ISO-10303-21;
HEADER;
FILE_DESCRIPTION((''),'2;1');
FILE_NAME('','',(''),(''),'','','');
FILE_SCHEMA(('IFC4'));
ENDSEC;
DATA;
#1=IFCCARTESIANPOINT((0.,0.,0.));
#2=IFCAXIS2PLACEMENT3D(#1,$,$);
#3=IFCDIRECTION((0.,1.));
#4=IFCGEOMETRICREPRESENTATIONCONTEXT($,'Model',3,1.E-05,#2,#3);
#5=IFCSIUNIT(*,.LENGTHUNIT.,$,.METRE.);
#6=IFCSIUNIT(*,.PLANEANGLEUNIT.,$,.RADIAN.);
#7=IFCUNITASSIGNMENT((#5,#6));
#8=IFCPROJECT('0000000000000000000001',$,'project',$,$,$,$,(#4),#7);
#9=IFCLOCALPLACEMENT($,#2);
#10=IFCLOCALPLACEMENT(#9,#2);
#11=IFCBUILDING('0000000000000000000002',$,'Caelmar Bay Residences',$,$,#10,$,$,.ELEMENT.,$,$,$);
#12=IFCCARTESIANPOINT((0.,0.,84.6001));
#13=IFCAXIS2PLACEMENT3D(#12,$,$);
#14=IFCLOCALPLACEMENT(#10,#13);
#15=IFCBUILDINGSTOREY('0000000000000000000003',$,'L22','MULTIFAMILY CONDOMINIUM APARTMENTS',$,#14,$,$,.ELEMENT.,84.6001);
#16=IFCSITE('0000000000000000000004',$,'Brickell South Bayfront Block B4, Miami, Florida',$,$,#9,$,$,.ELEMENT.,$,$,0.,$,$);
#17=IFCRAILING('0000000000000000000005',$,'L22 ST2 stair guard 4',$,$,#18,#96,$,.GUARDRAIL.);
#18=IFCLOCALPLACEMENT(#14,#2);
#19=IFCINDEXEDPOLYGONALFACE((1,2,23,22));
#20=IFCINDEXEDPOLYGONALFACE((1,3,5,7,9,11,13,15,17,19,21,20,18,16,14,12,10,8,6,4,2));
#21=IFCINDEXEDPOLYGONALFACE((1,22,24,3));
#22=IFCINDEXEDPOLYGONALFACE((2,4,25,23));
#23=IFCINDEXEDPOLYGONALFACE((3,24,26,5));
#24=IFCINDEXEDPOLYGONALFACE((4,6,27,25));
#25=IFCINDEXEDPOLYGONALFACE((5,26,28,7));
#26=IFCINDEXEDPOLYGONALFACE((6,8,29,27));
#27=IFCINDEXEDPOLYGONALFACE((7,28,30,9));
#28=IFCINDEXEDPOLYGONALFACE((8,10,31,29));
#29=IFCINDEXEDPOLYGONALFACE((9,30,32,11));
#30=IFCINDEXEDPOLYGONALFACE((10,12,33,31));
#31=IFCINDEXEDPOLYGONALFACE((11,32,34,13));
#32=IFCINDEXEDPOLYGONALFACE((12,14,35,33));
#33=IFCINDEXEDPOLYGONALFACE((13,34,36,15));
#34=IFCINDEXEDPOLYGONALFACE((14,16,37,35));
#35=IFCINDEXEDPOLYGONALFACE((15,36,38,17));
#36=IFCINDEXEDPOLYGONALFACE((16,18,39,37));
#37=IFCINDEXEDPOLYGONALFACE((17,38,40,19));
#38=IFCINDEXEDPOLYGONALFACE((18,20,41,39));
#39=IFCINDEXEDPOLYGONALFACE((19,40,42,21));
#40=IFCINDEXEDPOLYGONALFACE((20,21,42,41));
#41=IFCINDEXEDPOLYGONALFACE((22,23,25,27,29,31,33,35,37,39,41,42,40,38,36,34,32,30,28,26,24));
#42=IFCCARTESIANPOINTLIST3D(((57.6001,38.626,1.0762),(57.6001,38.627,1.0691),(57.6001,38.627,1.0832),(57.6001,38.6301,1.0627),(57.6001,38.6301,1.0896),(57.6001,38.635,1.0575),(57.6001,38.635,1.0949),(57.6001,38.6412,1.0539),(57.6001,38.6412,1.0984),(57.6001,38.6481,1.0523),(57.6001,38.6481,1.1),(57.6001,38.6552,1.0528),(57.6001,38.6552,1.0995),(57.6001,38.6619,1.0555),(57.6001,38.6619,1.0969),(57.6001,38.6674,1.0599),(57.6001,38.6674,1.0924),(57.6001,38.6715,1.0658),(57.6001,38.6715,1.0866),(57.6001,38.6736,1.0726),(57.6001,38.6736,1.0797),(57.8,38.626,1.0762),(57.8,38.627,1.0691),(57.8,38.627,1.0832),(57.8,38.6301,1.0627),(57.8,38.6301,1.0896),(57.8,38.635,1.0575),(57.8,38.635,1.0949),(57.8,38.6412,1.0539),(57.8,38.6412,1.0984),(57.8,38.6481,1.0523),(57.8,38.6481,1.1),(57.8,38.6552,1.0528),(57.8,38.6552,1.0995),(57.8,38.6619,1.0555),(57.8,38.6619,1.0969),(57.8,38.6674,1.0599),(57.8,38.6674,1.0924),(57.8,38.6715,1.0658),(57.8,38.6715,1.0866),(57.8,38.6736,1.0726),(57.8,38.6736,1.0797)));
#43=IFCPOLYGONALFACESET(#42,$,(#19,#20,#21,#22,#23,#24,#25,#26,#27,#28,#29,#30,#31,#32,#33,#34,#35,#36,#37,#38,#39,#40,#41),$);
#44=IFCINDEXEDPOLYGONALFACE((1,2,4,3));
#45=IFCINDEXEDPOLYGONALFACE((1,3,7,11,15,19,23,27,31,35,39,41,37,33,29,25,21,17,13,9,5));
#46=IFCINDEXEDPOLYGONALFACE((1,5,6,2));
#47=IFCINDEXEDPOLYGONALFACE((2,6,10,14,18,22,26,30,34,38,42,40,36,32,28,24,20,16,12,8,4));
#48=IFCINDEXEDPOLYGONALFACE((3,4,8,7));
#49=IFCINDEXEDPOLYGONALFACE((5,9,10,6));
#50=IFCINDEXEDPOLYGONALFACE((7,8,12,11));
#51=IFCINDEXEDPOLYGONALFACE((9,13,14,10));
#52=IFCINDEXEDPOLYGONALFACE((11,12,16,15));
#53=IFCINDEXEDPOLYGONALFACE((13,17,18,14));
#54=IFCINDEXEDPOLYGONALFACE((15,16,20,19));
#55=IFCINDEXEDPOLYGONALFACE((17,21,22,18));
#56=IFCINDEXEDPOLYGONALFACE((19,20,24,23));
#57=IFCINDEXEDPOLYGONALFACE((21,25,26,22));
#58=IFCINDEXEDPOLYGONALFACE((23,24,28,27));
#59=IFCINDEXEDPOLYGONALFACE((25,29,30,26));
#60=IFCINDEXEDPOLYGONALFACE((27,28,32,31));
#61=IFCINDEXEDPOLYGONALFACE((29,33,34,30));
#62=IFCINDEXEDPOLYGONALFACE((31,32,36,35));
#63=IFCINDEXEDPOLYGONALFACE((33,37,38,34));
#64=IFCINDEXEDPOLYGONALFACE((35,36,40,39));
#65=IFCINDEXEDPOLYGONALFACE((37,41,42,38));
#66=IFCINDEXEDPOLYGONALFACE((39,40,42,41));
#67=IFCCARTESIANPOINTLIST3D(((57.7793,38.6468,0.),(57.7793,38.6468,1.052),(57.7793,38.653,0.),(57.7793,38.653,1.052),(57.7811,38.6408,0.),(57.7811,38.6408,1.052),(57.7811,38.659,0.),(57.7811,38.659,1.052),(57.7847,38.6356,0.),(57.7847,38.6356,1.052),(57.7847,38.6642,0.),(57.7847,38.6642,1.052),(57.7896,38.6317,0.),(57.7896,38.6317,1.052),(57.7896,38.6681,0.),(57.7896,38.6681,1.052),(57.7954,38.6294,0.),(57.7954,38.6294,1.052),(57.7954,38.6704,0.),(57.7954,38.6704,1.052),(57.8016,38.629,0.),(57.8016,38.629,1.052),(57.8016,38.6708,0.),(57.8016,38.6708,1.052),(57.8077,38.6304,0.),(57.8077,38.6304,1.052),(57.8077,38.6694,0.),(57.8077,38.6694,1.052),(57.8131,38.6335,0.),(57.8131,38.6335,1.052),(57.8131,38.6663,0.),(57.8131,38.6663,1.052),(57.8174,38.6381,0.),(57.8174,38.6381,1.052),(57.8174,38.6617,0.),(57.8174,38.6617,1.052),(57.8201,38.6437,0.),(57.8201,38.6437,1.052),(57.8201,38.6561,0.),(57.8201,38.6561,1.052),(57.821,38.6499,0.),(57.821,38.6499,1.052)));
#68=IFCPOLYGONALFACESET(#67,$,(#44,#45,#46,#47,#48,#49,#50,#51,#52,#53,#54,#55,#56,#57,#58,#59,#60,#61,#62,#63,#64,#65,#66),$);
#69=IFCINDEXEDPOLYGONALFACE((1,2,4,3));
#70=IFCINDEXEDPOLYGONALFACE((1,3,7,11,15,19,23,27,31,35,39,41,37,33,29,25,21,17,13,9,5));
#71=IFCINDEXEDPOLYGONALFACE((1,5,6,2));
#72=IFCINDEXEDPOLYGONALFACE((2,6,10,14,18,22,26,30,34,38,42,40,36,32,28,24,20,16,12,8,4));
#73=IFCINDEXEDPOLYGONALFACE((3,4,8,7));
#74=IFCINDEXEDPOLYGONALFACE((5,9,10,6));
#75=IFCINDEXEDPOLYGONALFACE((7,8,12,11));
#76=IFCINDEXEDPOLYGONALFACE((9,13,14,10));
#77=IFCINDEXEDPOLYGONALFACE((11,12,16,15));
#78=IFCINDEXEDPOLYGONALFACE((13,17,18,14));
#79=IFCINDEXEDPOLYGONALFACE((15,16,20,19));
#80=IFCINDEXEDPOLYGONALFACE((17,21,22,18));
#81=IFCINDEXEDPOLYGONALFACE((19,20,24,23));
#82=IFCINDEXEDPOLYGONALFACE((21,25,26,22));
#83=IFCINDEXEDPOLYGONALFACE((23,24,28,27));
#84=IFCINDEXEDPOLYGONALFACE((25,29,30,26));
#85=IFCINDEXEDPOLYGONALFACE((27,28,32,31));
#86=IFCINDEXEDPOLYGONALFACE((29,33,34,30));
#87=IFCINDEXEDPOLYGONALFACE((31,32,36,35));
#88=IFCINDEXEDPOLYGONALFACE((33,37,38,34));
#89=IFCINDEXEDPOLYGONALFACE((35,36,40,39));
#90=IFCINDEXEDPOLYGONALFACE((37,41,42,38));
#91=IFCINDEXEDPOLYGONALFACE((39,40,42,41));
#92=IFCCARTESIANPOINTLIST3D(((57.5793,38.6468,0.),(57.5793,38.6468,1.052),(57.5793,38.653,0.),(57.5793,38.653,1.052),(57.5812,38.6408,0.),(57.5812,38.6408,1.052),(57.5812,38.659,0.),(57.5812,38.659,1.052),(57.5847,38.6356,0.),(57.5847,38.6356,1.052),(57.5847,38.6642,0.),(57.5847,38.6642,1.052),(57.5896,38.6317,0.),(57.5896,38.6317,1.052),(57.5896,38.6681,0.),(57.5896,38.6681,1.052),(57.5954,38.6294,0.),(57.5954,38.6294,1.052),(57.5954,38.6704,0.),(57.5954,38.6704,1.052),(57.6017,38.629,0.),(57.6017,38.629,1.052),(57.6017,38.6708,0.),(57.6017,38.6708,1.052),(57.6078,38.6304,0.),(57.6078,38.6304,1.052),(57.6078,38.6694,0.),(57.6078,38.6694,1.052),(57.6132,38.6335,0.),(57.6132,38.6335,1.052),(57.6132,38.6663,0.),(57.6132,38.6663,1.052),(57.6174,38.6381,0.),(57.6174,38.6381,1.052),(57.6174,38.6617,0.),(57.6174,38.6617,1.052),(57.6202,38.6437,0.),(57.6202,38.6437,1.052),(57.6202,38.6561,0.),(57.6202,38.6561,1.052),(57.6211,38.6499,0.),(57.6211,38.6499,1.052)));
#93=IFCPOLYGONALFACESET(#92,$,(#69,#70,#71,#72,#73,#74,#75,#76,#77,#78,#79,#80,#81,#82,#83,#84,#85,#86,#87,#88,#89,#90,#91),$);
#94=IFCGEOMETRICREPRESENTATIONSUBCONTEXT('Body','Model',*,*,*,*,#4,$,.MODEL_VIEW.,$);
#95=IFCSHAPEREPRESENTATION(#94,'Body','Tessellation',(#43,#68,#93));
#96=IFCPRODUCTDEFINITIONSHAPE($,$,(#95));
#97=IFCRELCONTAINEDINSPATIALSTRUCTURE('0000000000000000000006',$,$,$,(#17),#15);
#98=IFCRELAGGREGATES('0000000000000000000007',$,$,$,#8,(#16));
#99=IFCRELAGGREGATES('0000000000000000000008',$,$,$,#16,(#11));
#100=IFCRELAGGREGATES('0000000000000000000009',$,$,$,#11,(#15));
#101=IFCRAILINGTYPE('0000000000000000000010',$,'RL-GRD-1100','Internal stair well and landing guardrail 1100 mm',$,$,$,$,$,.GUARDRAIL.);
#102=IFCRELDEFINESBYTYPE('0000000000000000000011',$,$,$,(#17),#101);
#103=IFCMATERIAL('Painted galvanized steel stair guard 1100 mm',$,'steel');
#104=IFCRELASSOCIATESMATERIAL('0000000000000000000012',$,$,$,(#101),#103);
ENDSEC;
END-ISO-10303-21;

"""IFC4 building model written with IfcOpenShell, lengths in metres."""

from ifc_helpers import new_model, si_unit, direction, frame, origin, origin_2d, place, context, subcontext, project, spatial, circle, extrude, material, type_object, element, save


model = new_model("IFC4")

# Units and contexts
model_context = context("Model", 3, precision=1e-05, world=origin(), true_north=direction((0.0, 1.0)))
body_context = subcontext(model_context, "Body", "Model", "MODEL_VIEW")
ifc_project = project(units=[si_unit("LENGTHUNIT", "METRE"), si_unit("PLANEANGLEUNIT", "RADIAN")], contexts=[model_context])

# Site, building, storey
site_placement = place(None, origin())
site = spatial("IfcSite", under=ifc_project, at=site_placement, Name="Brickell South Bayfront Block B4, Miami, Florida", CompositionType="ELEMENT", RefElevation=0.0)
building_placement = place(site_placement, origin())
building = spatial("IfcBuilding", under=site, at=building_placement, Name="Caelmar Bay Residences", CompositionType="ELEMENT")
storey_placement = place(building_placement, frame((0.0, 0.0, 84.6001)))
storey = spatial("IfcBuildingStorey", under=building, at=storey_placement, Name="L22", Description="MULTIFAMILY CONDOMINIUM APARTMENTS", CompositionType="ELEMENT", Elevation=84.6001)

# Railing
ifc_material_1 = material(Name="Painted galvanized steel stair guard 1100 mm", Category="steel")
railing_type_1 = type_object("IfcRailingType", Name="RL-GRD-1100", Description="Internal stair well and landing guardrail 1100 mm", PredefinedType="GUARDRAIL", material=ifc_material_1)
railing_1_placement = place(storey_placement, frame((57.8, 38.6499, 0.0)))
element("IfcRailing", 1, at=railing_1_placement, inside=storey, type_object=railing_type_1, Name="L22 ST2 stair guard 4", PredefinedType="GUARDRAIL", context=body_context, shape_type="SweptSolid", body=[
    extrude(circle(Radius=0.0239, at=origin_2d()), frame((0.0, 0.0, 1.0762), z_axis=(-1.0, 0.0, 0.0), x_axis=(0.0, -1.0, 0.0)), (0.0, 0.0, 1.0), 0.2),
    extrude(circle(Radius=0.021, at=origin_2d()), origin(), (0.0, 0.0, 1.0), 1.052),
    extrude(circle(Radius=0.021, at=origin_2d()), frame((-0.2, 0.0, 0.0)), (0.0, 0.0, 1.0), 1.052),
])

save(model, "model.ifc")
